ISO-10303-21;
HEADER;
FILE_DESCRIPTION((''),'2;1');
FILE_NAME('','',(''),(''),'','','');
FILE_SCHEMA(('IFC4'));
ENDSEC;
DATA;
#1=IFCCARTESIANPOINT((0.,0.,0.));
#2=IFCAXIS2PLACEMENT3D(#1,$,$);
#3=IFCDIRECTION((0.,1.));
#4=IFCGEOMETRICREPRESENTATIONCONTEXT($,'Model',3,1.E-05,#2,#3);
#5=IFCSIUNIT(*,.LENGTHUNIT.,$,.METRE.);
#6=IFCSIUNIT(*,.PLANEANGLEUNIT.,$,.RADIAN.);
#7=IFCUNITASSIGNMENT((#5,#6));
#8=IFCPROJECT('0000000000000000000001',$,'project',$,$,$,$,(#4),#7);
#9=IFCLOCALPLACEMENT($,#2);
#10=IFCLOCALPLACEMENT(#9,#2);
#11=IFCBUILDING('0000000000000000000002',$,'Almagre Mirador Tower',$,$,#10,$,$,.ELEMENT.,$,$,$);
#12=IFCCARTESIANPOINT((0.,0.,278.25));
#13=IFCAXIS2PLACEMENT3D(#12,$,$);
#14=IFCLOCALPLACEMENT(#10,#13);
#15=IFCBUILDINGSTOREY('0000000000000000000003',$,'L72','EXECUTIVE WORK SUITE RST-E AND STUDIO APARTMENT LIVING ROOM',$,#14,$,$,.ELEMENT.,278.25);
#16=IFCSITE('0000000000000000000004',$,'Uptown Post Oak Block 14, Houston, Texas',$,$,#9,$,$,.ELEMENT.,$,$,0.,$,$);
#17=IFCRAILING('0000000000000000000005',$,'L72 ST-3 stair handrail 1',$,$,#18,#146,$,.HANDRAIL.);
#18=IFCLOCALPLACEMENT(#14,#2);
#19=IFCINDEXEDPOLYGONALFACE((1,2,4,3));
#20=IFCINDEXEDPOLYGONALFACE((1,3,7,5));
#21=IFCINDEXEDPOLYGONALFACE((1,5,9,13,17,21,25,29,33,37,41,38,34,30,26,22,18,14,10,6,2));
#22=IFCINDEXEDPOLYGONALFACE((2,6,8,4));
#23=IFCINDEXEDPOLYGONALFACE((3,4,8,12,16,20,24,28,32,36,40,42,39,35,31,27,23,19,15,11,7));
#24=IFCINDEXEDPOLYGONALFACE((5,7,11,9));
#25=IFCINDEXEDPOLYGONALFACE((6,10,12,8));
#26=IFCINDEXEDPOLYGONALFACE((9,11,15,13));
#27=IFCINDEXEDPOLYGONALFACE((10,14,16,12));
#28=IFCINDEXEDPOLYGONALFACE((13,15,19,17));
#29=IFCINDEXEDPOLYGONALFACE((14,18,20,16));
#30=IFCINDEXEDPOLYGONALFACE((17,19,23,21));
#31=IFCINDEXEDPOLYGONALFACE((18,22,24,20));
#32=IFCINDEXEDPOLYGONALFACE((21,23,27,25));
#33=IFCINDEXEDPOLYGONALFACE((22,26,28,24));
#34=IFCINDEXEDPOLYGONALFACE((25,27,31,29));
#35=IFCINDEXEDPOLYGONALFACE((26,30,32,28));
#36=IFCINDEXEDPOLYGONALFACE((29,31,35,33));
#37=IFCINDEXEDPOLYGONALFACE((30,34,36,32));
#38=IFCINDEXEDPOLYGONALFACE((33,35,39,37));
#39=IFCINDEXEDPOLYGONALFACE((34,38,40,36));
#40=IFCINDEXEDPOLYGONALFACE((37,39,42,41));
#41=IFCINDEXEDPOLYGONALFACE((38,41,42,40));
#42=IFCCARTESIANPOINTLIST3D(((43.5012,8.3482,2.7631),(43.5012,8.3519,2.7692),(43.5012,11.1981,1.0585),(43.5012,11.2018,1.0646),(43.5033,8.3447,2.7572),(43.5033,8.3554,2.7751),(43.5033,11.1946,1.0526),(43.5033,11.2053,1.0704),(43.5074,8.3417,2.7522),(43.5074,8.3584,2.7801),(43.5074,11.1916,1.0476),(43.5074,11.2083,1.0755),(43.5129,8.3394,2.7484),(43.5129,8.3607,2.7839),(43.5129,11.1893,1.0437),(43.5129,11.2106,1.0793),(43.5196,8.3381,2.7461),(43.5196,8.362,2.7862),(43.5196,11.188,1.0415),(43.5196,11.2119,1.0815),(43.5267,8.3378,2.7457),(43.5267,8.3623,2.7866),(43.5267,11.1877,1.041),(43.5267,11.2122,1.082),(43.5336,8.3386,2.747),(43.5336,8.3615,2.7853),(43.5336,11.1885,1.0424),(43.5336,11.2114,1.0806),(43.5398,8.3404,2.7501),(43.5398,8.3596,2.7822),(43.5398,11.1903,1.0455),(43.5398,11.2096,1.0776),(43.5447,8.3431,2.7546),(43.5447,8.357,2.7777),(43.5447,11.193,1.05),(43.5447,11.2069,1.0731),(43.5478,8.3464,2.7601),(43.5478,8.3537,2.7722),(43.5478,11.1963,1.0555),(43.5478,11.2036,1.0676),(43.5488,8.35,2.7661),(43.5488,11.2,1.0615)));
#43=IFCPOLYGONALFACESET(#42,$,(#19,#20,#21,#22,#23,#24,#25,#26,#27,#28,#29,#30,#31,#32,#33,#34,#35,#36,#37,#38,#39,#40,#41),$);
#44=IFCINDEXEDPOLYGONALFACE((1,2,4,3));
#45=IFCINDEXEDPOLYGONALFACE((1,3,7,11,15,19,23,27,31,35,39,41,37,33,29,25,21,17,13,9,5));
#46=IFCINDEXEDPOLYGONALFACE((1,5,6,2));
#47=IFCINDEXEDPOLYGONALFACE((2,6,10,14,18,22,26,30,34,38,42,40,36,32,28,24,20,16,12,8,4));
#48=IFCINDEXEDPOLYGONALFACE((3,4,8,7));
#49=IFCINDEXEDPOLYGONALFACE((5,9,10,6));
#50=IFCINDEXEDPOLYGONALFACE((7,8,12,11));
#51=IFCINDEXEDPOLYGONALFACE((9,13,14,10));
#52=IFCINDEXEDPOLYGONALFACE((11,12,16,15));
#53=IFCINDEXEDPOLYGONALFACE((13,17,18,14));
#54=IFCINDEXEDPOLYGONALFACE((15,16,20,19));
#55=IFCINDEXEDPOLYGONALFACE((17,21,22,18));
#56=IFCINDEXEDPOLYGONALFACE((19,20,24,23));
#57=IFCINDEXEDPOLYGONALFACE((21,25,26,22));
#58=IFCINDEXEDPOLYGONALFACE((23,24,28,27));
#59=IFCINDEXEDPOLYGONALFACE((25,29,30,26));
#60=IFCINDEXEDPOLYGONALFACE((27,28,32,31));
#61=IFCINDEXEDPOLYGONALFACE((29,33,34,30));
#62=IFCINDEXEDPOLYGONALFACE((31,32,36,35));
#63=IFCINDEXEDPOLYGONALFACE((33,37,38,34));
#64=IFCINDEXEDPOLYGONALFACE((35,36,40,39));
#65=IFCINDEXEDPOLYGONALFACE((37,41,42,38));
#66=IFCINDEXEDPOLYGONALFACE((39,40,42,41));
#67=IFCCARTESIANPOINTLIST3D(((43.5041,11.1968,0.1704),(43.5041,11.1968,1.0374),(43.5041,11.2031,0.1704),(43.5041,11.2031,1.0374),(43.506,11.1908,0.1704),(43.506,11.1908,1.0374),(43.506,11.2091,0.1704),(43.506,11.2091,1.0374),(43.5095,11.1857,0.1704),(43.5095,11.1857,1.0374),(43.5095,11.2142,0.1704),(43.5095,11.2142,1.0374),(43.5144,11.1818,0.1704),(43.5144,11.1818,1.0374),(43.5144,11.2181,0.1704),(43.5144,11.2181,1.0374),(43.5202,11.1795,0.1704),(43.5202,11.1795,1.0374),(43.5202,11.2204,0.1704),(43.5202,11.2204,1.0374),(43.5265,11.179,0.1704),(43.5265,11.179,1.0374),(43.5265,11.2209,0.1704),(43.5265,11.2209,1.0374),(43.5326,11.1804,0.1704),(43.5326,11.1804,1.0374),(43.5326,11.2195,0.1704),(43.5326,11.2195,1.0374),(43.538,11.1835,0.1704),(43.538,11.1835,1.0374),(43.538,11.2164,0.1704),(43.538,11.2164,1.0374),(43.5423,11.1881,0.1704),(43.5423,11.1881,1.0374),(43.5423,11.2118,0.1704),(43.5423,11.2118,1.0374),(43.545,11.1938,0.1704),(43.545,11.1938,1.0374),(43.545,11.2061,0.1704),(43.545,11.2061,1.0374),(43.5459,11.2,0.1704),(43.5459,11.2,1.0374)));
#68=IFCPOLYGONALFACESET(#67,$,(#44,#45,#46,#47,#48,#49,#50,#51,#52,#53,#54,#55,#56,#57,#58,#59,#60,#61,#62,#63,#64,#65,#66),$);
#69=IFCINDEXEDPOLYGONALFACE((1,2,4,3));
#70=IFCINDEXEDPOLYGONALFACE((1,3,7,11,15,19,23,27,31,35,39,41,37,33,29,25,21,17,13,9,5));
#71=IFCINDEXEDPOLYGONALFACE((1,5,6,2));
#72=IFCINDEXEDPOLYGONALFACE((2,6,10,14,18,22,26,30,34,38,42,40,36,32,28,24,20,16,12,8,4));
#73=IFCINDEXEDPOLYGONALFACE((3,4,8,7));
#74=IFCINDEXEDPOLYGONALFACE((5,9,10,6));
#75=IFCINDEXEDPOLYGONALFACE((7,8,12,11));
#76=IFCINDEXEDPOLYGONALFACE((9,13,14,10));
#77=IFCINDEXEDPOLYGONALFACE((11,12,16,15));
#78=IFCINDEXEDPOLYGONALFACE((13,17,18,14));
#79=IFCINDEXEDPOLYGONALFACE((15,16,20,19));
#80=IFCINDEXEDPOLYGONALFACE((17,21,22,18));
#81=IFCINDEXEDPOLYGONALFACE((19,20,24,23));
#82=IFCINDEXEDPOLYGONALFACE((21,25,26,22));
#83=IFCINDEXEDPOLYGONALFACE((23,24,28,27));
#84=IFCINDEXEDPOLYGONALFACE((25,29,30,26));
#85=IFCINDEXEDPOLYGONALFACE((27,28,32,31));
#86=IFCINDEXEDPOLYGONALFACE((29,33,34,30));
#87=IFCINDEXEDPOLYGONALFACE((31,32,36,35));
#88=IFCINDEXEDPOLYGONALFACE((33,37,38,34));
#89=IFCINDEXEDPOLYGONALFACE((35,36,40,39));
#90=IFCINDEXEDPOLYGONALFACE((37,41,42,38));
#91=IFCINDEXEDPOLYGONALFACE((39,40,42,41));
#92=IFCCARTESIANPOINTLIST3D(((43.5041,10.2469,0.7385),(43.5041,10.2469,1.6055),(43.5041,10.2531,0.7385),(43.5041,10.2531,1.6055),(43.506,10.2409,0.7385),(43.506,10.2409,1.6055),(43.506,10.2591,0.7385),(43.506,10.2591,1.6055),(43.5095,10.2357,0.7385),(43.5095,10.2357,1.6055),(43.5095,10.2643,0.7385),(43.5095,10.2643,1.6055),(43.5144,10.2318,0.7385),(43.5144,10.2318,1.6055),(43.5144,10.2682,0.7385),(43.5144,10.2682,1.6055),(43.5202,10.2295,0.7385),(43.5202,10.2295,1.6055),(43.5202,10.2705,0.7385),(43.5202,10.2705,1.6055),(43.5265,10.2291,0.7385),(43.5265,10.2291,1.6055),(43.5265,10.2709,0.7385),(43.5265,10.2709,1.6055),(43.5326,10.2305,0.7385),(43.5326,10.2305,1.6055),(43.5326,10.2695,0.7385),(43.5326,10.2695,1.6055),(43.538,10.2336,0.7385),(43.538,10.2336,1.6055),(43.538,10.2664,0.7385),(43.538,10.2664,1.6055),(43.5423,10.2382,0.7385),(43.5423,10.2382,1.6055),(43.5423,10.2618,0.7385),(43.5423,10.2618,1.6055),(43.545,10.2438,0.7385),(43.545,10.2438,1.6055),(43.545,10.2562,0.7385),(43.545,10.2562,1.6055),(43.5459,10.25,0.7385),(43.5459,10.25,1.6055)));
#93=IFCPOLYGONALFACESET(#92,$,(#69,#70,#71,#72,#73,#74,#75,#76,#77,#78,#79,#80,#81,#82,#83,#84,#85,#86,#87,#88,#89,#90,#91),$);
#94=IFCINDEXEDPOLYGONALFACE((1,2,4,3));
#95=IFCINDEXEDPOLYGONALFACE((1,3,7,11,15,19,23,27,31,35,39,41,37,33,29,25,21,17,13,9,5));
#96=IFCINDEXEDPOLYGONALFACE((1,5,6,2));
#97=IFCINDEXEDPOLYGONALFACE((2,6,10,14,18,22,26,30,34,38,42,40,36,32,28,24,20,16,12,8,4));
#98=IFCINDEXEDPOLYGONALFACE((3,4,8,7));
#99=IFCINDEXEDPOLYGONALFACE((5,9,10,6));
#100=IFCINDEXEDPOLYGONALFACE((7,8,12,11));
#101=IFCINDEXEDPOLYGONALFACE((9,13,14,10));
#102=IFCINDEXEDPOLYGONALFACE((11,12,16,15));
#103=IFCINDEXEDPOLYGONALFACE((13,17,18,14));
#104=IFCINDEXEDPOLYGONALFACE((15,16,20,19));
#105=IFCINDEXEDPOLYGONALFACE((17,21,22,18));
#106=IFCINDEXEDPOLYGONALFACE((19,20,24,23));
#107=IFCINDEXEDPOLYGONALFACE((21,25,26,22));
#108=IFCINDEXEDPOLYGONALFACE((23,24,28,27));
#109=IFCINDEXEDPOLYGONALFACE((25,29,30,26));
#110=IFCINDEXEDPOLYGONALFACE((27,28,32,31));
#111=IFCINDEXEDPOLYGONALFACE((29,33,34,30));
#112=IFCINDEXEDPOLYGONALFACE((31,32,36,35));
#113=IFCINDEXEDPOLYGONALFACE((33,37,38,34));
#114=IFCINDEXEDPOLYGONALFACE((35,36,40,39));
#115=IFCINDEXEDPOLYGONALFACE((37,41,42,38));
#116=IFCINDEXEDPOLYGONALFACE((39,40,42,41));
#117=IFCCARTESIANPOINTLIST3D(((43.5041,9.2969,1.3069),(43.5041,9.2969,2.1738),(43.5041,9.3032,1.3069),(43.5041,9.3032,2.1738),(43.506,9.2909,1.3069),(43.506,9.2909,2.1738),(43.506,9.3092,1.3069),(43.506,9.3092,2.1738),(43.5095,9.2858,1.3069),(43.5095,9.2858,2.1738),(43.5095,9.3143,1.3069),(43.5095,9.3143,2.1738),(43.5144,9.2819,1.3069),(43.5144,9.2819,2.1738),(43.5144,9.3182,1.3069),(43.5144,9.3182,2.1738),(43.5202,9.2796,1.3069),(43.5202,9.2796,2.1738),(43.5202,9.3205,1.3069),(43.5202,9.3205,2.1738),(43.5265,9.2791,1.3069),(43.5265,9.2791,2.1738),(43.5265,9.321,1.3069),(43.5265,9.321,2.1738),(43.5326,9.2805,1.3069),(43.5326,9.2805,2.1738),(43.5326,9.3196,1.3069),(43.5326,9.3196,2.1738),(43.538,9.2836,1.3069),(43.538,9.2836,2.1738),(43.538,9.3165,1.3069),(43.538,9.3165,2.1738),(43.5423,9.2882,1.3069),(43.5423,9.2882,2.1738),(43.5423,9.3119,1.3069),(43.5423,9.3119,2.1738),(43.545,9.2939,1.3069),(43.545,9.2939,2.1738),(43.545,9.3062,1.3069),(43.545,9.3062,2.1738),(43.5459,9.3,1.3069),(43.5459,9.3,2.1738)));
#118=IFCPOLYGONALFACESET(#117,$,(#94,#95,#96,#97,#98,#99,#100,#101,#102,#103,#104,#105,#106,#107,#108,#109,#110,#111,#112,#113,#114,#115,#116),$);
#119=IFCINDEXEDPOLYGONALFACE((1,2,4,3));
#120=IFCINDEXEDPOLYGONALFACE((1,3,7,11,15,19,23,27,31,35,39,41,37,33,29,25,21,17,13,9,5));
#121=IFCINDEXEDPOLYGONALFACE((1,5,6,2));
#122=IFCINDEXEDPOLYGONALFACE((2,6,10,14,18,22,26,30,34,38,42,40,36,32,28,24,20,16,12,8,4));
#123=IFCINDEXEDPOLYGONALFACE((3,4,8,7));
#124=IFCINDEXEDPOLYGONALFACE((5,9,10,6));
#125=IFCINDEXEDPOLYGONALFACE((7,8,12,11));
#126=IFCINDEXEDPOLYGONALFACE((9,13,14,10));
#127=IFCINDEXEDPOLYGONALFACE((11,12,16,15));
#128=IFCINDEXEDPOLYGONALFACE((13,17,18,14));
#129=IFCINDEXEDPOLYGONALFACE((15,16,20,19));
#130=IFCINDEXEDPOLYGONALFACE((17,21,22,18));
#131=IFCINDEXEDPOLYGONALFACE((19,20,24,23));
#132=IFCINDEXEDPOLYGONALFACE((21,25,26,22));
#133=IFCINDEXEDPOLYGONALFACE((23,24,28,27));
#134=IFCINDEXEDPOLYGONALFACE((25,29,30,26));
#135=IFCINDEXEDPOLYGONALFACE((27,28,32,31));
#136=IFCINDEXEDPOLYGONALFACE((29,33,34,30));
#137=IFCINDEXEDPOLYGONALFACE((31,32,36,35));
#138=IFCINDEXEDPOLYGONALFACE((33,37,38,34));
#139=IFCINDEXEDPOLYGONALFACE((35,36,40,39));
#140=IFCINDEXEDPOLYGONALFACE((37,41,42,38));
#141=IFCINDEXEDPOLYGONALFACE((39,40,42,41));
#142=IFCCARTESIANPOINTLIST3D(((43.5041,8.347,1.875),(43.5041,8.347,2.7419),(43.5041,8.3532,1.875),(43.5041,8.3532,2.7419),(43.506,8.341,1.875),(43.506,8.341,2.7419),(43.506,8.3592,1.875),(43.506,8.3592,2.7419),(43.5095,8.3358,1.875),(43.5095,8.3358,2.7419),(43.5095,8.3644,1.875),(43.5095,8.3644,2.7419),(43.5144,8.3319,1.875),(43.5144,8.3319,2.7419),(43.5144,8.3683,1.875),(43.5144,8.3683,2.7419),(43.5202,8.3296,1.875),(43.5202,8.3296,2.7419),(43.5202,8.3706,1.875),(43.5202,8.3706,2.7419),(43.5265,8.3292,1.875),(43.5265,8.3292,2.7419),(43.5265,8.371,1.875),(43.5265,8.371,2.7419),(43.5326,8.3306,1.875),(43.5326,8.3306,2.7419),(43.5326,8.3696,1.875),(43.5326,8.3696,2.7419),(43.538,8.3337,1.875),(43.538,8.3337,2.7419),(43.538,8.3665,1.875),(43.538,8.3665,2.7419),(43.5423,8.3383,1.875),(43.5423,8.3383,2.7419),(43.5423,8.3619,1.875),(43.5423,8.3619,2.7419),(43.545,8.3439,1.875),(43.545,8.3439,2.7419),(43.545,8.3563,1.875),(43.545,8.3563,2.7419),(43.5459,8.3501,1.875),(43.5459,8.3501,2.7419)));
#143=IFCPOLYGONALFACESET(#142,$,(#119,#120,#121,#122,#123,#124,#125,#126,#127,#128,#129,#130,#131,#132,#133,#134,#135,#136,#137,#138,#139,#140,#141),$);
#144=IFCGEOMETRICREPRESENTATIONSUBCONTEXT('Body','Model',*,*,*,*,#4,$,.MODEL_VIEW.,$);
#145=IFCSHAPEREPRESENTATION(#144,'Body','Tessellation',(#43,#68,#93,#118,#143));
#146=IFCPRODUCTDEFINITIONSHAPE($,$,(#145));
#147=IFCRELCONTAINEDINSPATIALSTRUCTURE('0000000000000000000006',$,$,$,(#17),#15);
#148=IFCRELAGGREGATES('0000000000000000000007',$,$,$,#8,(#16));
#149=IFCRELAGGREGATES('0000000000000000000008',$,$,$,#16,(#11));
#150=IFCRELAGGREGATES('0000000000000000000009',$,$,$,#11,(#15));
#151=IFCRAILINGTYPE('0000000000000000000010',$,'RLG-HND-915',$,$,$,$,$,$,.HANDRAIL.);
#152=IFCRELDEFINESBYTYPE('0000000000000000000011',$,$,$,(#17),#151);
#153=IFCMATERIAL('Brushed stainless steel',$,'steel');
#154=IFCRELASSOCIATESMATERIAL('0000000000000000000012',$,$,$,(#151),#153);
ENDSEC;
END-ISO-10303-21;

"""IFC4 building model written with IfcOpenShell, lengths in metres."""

from ifc_helpers import new_model, si_unit, direction, frame, origin, origin_2d, place, context, subcontext, project, spatial, circle, extrude, material, type_object, element, save


model = new_model("IFC4")

# Units and contexts
model_context = context("Model", 3, precision=1e-05, world=origin(), true_north=direction((0.0, 1.0)))
body_context = subcontext(model_context, "Body", "Model", "MODEL_VIEW")
ifc_project = project(units=[si_unit("LENGTHUNIT", "METRE"), si_unit("PLANEANGLEUNIT", "RADIAN")], contexts=[model_context])

# Site, building, storey
site_placement = place(None, origin())
site = spatial("IfcSite", under=ifc_project, at=site_placement, Name="Uptown Post Oak Block 14, Houston, Texas", CompositionType="ELEMENT", RefElevation=0.0)
building_placement = place(site_placement, origin())
building = spatial("IfcBuilding", under=site, at=building_placement, Name="Almagre Mirador Tower", CompositionType="ELEMENT")
storey_placement = place(building_placement, frame((0.0, 0.0, 278.25)))
storey = spatial("IfcBuildingStorey", under=building, at=storey_placement, Name="L72", Description="EXECUTIVE WORK SUITE RST-E AND STUDIO APARTMENT LIVING ROOM", CompositionType="ELEMENT", Elevation=278.25)

# Railing
ifc_material_1 = material(Name="Brushed stainless steel", Category="steel")
railing_type_1 = type_object("IfcRailingType", Name="RLG-HND-915", PredefinedType="HANDRAIL", material=ifc_material_1)
railing_1_placement = place(storey_placement, frame((43.5249, 11.2, 0.1704)))
element("IfcRailing", 1, at=railing_1_placement, inside=storey, type_object=railing_type_1, Name="L72 ST-3 stair handrail 1", PredefinedType="HANDRAIL", context=body_context, shape_type="SweptSolid", body=[
    extrude(circle(Radius=0.0239, at=origin_2d()), frame((0.0, 0.0, 0.8911), z_axis=(0.0, -0.858199, 0.513317), x_axis=(1.0, 0.0, 0.0)), (0.0, 0.0, 1.0), 3.3208),
    extrude(circle(Radius=0.021, at=origin_2d()), origin(), (0.0, 0.0, 1.0), 0.8669),
    extrude(circle(Radius=0.021, at=origin_2d()), frame((0.0, -0.95, 0.5681)), (0.0, 0.0, 1.0), 0.8669),
    extrude(circle(Radius=0.021, at=origin_2d()), frame((0.0, -1.8999, 1.1365)), (0.0, 0.0, 1.0), 0.8669),
    extrude(circle(Radius=0.021, at=origin_2d()), frame((0.0, -2.8499, 1.7046)), (0.0, 0.0, 1.0), 0.8669),
])

save(model, "model.ifc")
